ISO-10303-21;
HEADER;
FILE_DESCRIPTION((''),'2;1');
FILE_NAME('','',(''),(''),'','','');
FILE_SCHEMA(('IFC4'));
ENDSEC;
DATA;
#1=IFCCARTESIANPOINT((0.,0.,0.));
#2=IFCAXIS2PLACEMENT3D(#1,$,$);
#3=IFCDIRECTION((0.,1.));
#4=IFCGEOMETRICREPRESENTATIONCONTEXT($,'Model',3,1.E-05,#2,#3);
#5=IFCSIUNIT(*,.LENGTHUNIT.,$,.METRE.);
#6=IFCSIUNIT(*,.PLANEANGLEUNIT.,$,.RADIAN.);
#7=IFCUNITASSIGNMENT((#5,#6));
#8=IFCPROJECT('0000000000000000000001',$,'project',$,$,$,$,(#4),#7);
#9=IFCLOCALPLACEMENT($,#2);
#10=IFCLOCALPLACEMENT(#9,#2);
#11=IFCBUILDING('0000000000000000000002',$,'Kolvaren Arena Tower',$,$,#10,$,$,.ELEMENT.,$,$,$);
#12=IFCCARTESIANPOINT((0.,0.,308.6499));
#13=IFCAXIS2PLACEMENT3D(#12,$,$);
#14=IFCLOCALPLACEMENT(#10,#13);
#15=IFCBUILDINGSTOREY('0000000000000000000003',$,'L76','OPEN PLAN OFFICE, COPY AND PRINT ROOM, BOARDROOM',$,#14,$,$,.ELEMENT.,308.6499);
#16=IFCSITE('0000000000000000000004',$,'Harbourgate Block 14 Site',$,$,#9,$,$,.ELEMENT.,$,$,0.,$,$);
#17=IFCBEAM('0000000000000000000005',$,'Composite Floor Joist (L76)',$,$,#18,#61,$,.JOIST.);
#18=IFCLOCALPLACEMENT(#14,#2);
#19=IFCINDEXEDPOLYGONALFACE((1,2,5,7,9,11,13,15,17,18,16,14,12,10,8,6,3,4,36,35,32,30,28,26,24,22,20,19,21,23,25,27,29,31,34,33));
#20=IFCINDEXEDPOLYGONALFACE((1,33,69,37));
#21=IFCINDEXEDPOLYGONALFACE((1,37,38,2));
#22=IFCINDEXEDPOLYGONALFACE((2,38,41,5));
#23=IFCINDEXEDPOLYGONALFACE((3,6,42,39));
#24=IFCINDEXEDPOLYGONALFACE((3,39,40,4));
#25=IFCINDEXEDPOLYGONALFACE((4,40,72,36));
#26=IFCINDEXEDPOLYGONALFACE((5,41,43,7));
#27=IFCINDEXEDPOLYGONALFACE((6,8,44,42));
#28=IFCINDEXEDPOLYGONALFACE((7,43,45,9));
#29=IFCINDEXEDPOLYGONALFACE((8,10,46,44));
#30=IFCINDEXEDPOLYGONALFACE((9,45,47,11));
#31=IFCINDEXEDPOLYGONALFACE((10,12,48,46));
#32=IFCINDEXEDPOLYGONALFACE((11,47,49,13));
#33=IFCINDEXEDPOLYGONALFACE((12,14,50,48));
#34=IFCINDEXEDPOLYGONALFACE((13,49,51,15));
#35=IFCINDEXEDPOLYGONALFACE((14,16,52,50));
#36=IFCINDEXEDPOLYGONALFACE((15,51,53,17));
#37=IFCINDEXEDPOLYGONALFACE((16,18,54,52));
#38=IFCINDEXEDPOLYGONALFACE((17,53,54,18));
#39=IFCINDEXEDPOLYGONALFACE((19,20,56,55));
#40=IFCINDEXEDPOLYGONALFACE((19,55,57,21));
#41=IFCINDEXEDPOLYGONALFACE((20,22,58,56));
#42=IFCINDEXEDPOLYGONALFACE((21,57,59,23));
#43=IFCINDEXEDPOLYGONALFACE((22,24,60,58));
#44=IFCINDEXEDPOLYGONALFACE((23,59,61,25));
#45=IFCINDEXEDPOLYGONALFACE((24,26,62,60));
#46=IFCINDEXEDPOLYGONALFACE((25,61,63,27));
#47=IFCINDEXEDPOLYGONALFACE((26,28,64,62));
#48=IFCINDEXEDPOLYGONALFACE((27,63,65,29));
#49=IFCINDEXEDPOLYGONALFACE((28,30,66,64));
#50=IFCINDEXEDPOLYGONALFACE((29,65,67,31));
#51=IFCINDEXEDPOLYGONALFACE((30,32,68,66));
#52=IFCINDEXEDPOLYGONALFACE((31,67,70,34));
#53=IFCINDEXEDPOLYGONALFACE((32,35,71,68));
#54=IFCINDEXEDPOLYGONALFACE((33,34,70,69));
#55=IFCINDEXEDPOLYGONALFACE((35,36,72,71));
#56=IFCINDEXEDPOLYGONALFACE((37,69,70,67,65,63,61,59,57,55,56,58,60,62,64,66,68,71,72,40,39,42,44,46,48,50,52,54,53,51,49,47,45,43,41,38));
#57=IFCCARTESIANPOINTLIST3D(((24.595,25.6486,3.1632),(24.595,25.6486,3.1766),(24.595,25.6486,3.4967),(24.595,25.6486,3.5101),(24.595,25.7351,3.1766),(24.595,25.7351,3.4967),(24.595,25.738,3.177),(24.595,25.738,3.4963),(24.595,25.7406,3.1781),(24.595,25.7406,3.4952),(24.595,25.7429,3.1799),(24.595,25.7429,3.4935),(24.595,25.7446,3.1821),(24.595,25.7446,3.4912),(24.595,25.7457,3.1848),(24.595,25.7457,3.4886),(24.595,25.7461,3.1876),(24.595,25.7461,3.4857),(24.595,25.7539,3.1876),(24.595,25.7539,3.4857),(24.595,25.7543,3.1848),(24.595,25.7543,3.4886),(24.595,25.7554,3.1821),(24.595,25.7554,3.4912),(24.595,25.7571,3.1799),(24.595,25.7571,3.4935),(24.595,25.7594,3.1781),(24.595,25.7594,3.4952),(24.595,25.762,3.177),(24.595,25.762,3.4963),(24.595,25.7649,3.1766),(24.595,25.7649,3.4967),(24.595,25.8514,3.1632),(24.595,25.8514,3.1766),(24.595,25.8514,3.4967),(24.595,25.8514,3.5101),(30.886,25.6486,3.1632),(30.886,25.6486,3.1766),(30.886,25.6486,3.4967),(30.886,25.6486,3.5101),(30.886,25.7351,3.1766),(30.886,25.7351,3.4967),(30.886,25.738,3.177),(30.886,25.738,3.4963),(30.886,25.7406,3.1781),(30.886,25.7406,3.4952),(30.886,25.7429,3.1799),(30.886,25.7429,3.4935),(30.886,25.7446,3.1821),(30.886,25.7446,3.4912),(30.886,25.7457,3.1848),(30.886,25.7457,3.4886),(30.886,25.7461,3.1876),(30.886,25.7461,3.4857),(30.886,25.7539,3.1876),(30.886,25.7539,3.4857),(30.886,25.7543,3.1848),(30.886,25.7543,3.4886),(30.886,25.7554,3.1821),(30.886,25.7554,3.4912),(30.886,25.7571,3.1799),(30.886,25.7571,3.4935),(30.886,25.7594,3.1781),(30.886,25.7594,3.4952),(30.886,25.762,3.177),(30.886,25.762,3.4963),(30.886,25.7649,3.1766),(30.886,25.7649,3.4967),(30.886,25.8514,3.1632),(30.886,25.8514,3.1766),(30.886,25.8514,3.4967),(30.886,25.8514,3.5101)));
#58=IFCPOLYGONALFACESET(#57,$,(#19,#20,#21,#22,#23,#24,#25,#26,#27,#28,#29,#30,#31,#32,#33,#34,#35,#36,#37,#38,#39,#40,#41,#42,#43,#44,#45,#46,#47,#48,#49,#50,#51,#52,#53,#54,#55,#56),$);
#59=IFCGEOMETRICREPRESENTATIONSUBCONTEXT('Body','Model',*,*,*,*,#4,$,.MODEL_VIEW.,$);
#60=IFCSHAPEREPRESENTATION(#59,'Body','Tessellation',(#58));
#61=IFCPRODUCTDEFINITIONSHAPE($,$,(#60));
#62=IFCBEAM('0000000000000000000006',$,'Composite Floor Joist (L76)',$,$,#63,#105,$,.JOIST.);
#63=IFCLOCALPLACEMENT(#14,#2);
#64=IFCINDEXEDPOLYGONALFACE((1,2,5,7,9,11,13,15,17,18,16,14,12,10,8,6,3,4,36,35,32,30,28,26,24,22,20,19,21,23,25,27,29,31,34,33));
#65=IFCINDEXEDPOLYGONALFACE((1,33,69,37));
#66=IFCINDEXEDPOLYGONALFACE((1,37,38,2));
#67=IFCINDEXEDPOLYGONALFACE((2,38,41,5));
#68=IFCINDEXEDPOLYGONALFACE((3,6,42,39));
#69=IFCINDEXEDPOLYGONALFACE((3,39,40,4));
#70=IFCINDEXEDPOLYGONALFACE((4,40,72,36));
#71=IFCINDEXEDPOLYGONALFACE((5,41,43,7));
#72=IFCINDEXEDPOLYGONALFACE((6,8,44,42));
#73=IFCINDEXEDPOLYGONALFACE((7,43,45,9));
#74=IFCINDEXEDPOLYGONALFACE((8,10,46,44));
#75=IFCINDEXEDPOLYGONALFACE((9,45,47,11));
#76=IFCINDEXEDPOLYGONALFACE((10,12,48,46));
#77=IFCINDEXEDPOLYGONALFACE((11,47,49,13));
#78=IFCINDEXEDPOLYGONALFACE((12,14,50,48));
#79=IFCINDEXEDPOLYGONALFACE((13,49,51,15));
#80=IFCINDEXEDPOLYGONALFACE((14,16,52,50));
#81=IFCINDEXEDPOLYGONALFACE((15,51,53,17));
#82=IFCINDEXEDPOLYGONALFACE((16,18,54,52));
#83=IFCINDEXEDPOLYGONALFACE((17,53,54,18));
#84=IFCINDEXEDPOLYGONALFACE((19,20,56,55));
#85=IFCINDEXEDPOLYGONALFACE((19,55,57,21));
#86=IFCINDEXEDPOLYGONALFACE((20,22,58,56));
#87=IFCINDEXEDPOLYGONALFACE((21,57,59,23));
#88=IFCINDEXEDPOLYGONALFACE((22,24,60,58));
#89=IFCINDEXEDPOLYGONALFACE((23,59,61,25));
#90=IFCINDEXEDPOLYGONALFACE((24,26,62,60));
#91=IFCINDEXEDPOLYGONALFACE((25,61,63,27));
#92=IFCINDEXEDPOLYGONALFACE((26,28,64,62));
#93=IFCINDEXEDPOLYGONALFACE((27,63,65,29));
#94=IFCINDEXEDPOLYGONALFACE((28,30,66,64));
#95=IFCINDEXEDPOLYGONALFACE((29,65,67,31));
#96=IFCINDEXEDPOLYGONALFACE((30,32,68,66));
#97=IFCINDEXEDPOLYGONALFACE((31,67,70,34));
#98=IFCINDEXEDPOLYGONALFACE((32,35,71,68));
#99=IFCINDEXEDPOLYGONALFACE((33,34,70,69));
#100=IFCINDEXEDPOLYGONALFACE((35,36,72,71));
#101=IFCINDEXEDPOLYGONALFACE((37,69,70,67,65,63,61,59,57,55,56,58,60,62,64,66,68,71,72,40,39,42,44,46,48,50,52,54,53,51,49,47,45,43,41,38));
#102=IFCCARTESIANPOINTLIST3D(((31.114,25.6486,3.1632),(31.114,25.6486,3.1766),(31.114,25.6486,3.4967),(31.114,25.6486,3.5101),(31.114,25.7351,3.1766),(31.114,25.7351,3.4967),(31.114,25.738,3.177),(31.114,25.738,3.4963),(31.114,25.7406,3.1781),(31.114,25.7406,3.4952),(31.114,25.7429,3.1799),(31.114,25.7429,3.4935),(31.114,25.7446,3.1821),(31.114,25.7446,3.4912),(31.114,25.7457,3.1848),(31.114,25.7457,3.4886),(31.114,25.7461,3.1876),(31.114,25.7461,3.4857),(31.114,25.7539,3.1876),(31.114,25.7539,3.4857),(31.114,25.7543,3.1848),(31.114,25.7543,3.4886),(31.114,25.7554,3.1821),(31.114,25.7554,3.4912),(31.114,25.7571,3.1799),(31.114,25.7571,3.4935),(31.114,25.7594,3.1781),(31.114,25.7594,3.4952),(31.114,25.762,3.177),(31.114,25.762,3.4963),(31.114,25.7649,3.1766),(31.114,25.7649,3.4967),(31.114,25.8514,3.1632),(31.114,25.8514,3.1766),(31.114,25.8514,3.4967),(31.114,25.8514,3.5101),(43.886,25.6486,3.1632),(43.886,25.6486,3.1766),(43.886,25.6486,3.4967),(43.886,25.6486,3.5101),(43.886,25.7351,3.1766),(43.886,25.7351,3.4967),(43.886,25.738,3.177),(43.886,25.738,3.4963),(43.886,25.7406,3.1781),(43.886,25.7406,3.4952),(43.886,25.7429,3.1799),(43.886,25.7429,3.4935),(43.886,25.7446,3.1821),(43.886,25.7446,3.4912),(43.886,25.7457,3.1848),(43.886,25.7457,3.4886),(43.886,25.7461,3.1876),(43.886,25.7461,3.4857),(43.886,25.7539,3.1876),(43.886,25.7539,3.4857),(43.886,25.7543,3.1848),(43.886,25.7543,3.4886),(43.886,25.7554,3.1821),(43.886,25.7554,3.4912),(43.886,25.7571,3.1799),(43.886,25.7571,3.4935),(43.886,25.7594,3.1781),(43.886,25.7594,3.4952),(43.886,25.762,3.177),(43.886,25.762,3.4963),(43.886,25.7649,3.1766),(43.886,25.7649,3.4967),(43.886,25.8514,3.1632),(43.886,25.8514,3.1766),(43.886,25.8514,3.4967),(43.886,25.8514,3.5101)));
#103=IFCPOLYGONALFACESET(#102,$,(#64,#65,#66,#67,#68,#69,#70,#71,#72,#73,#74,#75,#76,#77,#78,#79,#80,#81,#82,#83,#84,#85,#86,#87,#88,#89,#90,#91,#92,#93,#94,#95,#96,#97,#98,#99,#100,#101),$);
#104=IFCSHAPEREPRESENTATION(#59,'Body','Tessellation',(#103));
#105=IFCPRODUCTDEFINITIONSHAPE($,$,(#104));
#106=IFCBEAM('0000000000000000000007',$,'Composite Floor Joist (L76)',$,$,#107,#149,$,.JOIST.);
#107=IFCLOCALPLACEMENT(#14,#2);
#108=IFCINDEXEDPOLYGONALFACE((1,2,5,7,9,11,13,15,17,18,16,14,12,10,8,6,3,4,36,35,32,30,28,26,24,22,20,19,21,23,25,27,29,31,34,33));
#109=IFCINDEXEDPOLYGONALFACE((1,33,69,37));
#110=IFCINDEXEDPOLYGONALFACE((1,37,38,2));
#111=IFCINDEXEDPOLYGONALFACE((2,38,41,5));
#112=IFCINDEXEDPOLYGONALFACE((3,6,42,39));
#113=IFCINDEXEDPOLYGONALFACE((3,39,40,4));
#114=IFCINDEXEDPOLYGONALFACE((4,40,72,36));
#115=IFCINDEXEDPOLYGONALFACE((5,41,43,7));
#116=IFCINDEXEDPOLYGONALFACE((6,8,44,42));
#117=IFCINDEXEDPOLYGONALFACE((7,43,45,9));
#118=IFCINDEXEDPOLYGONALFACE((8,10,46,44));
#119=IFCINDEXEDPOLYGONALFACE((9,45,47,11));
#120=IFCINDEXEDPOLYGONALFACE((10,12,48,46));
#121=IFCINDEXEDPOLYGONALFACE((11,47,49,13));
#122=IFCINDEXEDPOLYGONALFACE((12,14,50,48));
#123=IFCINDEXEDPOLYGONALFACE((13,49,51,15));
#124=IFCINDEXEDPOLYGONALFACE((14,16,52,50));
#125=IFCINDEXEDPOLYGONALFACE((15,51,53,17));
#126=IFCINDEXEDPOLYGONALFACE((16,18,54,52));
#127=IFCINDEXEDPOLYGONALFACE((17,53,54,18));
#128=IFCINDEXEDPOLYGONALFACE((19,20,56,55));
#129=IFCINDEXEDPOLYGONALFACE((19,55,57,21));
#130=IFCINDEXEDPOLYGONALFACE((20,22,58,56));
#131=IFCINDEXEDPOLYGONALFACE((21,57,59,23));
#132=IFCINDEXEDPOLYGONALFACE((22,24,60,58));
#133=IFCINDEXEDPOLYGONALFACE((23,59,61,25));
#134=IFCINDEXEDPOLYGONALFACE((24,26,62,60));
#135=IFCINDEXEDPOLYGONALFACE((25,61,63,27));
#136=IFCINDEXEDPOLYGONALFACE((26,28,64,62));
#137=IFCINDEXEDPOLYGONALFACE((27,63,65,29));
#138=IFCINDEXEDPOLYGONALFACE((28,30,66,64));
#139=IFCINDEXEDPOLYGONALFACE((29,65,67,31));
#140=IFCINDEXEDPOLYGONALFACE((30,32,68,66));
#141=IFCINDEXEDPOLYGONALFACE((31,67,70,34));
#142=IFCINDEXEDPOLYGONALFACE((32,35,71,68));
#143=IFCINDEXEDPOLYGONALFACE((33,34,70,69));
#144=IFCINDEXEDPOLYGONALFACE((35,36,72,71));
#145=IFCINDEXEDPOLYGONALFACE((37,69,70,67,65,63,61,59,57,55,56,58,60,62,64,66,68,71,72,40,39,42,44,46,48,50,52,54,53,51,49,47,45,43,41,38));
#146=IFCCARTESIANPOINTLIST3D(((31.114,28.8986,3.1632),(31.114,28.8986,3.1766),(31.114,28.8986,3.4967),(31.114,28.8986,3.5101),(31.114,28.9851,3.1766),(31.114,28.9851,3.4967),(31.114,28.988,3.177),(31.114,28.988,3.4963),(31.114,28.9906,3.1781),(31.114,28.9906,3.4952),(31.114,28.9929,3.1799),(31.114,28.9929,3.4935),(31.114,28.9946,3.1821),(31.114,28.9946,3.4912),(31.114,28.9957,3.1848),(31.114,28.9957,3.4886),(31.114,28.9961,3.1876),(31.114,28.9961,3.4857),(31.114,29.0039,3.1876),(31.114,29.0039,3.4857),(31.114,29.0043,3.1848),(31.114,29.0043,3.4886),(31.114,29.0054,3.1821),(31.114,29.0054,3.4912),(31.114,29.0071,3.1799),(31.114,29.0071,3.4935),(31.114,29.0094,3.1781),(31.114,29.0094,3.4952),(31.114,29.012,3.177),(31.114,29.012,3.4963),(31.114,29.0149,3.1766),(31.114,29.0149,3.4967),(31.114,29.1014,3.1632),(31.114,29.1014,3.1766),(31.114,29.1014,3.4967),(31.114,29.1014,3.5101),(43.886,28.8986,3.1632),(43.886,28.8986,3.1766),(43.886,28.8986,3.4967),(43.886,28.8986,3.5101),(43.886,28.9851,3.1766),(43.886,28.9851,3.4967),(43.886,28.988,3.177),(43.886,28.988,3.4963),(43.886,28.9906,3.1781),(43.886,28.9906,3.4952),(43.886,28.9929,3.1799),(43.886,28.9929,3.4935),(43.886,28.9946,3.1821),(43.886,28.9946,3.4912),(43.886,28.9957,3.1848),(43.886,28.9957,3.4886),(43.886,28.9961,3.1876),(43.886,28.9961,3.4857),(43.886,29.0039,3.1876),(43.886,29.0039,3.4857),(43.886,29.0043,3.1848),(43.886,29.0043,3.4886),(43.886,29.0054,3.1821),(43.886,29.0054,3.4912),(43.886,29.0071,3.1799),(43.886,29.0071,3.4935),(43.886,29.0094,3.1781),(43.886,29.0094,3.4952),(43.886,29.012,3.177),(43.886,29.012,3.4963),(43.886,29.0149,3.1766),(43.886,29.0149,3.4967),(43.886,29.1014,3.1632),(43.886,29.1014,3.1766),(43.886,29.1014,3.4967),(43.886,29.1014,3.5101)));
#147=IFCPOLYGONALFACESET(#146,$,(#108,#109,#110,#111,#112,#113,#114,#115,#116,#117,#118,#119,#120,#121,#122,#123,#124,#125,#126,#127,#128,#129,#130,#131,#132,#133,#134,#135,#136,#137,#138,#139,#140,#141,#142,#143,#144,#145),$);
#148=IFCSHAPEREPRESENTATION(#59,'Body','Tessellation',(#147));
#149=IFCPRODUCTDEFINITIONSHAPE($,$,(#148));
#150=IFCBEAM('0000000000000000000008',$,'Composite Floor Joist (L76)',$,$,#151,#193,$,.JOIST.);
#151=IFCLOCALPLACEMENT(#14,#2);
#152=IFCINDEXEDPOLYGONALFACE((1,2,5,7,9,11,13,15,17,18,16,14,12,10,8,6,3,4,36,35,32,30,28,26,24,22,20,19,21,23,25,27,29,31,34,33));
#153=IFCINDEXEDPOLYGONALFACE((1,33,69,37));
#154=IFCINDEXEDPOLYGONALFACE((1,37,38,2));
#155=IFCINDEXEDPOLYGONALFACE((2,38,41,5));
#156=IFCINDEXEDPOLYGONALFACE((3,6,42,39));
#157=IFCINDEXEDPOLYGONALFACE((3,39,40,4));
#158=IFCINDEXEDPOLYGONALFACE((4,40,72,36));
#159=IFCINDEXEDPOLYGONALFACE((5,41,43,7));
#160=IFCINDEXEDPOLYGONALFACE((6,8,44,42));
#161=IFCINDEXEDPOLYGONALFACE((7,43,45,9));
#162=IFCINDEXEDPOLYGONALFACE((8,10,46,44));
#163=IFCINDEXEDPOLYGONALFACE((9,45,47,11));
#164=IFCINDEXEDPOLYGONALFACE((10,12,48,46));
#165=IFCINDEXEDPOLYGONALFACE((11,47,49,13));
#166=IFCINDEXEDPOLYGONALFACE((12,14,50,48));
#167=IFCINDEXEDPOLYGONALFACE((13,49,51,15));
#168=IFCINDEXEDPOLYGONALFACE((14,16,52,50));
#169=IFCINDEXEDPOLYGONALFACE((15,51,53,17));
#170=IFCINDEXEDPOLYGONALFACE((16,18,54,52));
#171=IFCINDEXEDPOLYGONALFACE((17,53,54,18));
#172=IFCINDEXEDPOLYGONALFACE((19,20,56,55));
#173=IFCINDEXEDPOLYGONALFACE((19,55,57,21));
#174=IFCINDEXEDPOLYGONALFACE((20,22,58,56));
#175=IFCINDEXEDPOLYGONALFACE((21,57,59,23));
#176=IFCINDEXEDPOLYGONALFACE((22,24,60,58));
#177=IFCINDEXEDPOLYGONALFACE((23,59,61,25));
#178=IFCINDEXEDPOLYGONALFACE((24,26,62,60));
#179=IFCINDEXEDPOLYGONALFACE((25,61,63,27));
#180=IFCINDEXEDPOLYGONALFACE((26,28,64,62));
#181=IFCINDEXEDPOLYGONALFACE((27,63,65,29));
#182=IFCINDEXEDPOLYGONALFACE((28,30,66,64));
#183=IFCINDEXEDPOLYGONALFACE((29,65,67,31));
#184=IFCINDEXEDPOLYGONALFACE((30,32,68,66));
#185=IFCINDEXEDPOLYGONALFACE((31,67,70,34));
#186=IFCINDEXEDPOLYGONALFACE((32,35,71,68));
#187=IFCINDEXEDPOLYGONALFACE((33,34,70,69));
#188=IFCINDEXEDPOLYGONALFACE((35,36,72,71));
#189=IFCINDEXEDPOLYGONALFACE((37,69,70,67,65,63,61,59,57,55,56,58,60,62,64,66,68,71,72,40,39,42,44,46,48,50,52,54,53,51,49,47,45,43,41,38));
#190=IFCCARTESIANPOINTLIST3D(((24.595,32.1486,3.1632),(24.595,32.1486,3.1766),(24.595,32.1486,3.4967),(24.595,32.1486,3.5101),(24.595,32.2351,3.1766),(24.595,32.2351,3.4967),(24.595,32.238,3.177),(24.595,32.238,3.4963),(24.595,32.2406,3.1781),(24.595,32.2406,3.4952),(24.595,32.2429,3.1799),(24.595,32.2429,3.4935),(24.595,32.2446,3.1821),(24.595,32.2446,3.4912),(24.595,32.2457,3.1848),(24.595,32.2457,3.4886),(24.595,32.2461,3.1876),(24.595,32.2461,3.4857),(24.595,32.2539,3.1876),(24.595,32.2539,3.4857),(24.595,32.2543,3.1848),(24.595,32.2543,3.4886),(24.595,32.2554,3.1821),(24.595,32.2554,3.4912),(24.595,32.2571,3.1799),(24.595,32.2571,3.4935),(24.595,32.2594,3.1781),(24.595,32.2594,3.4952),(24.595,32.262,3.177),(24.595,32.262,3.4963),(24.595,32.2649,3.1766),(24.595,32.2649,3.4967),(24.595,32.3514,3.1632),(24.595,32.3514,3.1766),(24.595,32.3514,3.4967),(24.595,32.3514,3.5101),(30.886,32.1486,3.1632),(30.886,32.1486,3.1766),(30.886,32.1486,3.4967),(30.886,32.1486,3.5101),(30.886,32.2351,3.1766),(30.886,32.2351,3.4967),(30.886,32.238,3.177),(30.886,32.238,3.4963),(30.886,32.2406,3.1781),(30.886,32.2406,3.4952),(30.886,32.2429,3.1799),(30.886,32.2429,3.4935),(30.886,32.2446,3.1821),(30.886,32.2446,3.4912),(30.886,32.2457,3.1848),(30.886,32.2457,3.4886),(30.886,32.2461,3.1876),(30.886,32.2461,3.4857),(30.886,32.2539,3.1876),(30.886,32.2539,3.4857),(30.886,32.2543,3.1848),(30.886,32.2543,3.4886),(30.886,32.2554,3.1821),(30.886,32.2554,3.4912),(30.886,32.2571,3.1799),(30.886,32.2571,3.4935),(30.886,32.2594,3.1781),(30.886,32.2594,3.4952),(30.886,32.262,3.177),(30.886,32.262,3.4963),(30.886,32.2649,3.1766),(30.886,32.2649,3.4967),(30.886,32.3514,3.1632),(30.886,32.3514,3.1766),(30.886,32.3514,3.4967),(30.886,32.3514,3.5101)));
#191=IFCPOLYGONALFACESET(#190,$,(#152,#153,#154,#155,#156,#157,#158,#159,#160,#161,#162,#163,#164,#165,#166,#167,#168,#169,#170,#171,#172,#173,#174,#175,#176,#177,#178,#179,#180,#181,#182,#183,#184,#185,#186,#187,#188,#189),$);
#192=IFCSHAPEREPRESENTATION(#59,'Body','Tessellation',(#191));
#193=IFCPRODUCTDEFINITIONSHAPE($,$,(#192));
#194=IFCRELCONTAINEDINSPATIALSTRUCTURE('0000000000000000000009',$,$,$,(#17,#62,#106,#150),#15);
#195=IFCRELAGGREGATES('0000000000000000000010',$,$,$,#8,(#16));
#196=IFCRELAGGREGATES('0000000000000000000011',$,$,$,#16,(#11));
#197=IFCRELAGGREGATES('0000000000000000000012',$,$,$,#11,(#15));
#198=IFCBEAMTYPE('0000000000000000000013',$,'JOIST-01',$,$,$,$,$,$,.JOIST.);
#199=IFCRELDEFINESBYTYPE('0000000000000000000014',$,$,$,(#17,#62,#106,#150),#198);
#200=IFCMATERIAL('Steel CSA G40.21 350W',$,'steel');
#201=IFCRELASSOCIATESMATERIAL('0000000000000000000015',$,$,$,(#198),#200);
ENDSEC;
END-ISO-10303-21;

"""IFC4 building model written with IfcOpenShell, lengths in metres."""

from ifc_helpers import new_model, si_unit, direction, frame, origin, origin_2d, place, context, subcontext, project, spatial, i_section, extrude, material, material_profile, profile_set, type_object, element, save


model = new_model("IFC4")

# Units and contexts
model_context = context("Model", 3, precision=1e-05, world=origin(), true_north=direction((0.0, 1.0)))
body_context = subcontext(model_context, "Body", "Model", "MODEL_VIEW")
ifc_project = project(units=[si_unit("LENGTHUNIT", "METRE"), si_unit("PLANEANGLEUNIT", "RADIAN")], contexts=[model_context])

# Site, building, storey
site_placement = place(None, origin())
site = spatial("IfcSite", under=ifc_project, at=site_placement, Name="Harbourgate Block 14 Site", CompositionType="ELEMENT", RefElevation=0.0)
building_placement = place(site_placement, origin())
building = spatial("IfcBuilding", under=site, at=building_placement, Name="Kolvaren Arena Tower", CompositionType="ELEMENT")
storey_placement = place(building_placement, frame((0.0, 0.0, 308.6499)))
storey = spatial("IfcBuildingStorey", under=building, at=storey_placement, Name="L76", Description="OPEN PLAN OFFICE, COPY AND PRINT ROOM, BOARDROOM", CompositionType="ELEMENT", Elevation=308.6499)

# Beams
ifc_material_1 = material(Name="Steel CSA G40.21 350W", Category="steel")
ifc_material_profile_1 = material_profile(ifc_material_1, i_section(OverallWidth=0.2029, OverallDepth=0.3469, WebThickness=0.0078, FlangeThickness=0.0134, FilletRadius=0.011, at=origin_2d()), Name="W360x64")
ifc_profile_set_1 = profile_set([ifc_material_profile_1], Name="Steel CSA G40.21 350W")
beam_type_1 = type_object("IfcBeamType", Name="JOIST-01", PredefinedType="JOIST", material=ifc_profile_set_1)
beam_1_placement = place(storey_placement, frame((24.595, 25.75, 3.3367), z_axis=(1.0, 0.0, 0.0), x_axis=(0.0, 1.0, 0.0)))
element("IfcBeam", 1, at=beam_1_placement, inside=storey, type_object=beam_type_1, Name="Composite Floor Joist (L76)", PredefinedType="JOIST", context=body_context, shape_type="SweptSolid", body=[
    extrude(i_section(OverallWidth=0.2029, OverallDepth=0.3469, WebThickness=0.0078, FlangeThickness=0.0134, FilletRadius=0.011, at=origin_2d()), origin(), (0.0, 0.0, 1.0), 6.291),
])
for number, where, z_axis, x_axis, name in (
    (2, (31.114, 25.75, 3.3367), (1.0, 0.0, 0.0), (0.0, 1.0, 0.0), "Composite Floor Joist (L76)"),
    (3, (31.114, 29.0, 3.3367), (1.0, 0.0, 0.0), (0.0, 1.0, 0.0), "Composite Floor Joist (L76)"),
):
    element("IfcBeam", number, at=place(storey_placement, frame(where, z_axis=z_axis, x_axis=x_axis)), inside=storey, type_object=beam_type_1, Name=name, PredefinedType="JOIST", context=body_context, shape_type="SweptSolid", body=[
        extrude(i_section(OverallWidth=0.2029, OverallDepth=0.3469, WebThickness=0.0078, FlangeThickness=0.0134, FilletRadius=0.011, at=origin_2d()), origin(), (0.0, 0.0, 1.0), 12.772),
    ])
beam_2_placement = place(storey_placement, frame((24.595, 32.25, 3.3367), z_axis=(1.0, 0.0, 0.0), x_axis=(0.0, 1.0, 0.0)))
element("IfcBeam", 4, at=beam_2_placement, inside=storey, type_object=beam_type_1, Name="Composite Floor Joist (L76)", PredefinedType="JOIST", context=body_context, shape_type="SweptSolid", body=[
    extrude(i_section(OverallWidth=0.2029, OverallDepth=0.3469, WebThickness=0.0078, FlangeThickness=0.0134, FilletRadius=0.011, at=origin_2d()), origin(), (0.0, 0.0, 1.0), 6.291),
])

save(model, "model.ifc")
